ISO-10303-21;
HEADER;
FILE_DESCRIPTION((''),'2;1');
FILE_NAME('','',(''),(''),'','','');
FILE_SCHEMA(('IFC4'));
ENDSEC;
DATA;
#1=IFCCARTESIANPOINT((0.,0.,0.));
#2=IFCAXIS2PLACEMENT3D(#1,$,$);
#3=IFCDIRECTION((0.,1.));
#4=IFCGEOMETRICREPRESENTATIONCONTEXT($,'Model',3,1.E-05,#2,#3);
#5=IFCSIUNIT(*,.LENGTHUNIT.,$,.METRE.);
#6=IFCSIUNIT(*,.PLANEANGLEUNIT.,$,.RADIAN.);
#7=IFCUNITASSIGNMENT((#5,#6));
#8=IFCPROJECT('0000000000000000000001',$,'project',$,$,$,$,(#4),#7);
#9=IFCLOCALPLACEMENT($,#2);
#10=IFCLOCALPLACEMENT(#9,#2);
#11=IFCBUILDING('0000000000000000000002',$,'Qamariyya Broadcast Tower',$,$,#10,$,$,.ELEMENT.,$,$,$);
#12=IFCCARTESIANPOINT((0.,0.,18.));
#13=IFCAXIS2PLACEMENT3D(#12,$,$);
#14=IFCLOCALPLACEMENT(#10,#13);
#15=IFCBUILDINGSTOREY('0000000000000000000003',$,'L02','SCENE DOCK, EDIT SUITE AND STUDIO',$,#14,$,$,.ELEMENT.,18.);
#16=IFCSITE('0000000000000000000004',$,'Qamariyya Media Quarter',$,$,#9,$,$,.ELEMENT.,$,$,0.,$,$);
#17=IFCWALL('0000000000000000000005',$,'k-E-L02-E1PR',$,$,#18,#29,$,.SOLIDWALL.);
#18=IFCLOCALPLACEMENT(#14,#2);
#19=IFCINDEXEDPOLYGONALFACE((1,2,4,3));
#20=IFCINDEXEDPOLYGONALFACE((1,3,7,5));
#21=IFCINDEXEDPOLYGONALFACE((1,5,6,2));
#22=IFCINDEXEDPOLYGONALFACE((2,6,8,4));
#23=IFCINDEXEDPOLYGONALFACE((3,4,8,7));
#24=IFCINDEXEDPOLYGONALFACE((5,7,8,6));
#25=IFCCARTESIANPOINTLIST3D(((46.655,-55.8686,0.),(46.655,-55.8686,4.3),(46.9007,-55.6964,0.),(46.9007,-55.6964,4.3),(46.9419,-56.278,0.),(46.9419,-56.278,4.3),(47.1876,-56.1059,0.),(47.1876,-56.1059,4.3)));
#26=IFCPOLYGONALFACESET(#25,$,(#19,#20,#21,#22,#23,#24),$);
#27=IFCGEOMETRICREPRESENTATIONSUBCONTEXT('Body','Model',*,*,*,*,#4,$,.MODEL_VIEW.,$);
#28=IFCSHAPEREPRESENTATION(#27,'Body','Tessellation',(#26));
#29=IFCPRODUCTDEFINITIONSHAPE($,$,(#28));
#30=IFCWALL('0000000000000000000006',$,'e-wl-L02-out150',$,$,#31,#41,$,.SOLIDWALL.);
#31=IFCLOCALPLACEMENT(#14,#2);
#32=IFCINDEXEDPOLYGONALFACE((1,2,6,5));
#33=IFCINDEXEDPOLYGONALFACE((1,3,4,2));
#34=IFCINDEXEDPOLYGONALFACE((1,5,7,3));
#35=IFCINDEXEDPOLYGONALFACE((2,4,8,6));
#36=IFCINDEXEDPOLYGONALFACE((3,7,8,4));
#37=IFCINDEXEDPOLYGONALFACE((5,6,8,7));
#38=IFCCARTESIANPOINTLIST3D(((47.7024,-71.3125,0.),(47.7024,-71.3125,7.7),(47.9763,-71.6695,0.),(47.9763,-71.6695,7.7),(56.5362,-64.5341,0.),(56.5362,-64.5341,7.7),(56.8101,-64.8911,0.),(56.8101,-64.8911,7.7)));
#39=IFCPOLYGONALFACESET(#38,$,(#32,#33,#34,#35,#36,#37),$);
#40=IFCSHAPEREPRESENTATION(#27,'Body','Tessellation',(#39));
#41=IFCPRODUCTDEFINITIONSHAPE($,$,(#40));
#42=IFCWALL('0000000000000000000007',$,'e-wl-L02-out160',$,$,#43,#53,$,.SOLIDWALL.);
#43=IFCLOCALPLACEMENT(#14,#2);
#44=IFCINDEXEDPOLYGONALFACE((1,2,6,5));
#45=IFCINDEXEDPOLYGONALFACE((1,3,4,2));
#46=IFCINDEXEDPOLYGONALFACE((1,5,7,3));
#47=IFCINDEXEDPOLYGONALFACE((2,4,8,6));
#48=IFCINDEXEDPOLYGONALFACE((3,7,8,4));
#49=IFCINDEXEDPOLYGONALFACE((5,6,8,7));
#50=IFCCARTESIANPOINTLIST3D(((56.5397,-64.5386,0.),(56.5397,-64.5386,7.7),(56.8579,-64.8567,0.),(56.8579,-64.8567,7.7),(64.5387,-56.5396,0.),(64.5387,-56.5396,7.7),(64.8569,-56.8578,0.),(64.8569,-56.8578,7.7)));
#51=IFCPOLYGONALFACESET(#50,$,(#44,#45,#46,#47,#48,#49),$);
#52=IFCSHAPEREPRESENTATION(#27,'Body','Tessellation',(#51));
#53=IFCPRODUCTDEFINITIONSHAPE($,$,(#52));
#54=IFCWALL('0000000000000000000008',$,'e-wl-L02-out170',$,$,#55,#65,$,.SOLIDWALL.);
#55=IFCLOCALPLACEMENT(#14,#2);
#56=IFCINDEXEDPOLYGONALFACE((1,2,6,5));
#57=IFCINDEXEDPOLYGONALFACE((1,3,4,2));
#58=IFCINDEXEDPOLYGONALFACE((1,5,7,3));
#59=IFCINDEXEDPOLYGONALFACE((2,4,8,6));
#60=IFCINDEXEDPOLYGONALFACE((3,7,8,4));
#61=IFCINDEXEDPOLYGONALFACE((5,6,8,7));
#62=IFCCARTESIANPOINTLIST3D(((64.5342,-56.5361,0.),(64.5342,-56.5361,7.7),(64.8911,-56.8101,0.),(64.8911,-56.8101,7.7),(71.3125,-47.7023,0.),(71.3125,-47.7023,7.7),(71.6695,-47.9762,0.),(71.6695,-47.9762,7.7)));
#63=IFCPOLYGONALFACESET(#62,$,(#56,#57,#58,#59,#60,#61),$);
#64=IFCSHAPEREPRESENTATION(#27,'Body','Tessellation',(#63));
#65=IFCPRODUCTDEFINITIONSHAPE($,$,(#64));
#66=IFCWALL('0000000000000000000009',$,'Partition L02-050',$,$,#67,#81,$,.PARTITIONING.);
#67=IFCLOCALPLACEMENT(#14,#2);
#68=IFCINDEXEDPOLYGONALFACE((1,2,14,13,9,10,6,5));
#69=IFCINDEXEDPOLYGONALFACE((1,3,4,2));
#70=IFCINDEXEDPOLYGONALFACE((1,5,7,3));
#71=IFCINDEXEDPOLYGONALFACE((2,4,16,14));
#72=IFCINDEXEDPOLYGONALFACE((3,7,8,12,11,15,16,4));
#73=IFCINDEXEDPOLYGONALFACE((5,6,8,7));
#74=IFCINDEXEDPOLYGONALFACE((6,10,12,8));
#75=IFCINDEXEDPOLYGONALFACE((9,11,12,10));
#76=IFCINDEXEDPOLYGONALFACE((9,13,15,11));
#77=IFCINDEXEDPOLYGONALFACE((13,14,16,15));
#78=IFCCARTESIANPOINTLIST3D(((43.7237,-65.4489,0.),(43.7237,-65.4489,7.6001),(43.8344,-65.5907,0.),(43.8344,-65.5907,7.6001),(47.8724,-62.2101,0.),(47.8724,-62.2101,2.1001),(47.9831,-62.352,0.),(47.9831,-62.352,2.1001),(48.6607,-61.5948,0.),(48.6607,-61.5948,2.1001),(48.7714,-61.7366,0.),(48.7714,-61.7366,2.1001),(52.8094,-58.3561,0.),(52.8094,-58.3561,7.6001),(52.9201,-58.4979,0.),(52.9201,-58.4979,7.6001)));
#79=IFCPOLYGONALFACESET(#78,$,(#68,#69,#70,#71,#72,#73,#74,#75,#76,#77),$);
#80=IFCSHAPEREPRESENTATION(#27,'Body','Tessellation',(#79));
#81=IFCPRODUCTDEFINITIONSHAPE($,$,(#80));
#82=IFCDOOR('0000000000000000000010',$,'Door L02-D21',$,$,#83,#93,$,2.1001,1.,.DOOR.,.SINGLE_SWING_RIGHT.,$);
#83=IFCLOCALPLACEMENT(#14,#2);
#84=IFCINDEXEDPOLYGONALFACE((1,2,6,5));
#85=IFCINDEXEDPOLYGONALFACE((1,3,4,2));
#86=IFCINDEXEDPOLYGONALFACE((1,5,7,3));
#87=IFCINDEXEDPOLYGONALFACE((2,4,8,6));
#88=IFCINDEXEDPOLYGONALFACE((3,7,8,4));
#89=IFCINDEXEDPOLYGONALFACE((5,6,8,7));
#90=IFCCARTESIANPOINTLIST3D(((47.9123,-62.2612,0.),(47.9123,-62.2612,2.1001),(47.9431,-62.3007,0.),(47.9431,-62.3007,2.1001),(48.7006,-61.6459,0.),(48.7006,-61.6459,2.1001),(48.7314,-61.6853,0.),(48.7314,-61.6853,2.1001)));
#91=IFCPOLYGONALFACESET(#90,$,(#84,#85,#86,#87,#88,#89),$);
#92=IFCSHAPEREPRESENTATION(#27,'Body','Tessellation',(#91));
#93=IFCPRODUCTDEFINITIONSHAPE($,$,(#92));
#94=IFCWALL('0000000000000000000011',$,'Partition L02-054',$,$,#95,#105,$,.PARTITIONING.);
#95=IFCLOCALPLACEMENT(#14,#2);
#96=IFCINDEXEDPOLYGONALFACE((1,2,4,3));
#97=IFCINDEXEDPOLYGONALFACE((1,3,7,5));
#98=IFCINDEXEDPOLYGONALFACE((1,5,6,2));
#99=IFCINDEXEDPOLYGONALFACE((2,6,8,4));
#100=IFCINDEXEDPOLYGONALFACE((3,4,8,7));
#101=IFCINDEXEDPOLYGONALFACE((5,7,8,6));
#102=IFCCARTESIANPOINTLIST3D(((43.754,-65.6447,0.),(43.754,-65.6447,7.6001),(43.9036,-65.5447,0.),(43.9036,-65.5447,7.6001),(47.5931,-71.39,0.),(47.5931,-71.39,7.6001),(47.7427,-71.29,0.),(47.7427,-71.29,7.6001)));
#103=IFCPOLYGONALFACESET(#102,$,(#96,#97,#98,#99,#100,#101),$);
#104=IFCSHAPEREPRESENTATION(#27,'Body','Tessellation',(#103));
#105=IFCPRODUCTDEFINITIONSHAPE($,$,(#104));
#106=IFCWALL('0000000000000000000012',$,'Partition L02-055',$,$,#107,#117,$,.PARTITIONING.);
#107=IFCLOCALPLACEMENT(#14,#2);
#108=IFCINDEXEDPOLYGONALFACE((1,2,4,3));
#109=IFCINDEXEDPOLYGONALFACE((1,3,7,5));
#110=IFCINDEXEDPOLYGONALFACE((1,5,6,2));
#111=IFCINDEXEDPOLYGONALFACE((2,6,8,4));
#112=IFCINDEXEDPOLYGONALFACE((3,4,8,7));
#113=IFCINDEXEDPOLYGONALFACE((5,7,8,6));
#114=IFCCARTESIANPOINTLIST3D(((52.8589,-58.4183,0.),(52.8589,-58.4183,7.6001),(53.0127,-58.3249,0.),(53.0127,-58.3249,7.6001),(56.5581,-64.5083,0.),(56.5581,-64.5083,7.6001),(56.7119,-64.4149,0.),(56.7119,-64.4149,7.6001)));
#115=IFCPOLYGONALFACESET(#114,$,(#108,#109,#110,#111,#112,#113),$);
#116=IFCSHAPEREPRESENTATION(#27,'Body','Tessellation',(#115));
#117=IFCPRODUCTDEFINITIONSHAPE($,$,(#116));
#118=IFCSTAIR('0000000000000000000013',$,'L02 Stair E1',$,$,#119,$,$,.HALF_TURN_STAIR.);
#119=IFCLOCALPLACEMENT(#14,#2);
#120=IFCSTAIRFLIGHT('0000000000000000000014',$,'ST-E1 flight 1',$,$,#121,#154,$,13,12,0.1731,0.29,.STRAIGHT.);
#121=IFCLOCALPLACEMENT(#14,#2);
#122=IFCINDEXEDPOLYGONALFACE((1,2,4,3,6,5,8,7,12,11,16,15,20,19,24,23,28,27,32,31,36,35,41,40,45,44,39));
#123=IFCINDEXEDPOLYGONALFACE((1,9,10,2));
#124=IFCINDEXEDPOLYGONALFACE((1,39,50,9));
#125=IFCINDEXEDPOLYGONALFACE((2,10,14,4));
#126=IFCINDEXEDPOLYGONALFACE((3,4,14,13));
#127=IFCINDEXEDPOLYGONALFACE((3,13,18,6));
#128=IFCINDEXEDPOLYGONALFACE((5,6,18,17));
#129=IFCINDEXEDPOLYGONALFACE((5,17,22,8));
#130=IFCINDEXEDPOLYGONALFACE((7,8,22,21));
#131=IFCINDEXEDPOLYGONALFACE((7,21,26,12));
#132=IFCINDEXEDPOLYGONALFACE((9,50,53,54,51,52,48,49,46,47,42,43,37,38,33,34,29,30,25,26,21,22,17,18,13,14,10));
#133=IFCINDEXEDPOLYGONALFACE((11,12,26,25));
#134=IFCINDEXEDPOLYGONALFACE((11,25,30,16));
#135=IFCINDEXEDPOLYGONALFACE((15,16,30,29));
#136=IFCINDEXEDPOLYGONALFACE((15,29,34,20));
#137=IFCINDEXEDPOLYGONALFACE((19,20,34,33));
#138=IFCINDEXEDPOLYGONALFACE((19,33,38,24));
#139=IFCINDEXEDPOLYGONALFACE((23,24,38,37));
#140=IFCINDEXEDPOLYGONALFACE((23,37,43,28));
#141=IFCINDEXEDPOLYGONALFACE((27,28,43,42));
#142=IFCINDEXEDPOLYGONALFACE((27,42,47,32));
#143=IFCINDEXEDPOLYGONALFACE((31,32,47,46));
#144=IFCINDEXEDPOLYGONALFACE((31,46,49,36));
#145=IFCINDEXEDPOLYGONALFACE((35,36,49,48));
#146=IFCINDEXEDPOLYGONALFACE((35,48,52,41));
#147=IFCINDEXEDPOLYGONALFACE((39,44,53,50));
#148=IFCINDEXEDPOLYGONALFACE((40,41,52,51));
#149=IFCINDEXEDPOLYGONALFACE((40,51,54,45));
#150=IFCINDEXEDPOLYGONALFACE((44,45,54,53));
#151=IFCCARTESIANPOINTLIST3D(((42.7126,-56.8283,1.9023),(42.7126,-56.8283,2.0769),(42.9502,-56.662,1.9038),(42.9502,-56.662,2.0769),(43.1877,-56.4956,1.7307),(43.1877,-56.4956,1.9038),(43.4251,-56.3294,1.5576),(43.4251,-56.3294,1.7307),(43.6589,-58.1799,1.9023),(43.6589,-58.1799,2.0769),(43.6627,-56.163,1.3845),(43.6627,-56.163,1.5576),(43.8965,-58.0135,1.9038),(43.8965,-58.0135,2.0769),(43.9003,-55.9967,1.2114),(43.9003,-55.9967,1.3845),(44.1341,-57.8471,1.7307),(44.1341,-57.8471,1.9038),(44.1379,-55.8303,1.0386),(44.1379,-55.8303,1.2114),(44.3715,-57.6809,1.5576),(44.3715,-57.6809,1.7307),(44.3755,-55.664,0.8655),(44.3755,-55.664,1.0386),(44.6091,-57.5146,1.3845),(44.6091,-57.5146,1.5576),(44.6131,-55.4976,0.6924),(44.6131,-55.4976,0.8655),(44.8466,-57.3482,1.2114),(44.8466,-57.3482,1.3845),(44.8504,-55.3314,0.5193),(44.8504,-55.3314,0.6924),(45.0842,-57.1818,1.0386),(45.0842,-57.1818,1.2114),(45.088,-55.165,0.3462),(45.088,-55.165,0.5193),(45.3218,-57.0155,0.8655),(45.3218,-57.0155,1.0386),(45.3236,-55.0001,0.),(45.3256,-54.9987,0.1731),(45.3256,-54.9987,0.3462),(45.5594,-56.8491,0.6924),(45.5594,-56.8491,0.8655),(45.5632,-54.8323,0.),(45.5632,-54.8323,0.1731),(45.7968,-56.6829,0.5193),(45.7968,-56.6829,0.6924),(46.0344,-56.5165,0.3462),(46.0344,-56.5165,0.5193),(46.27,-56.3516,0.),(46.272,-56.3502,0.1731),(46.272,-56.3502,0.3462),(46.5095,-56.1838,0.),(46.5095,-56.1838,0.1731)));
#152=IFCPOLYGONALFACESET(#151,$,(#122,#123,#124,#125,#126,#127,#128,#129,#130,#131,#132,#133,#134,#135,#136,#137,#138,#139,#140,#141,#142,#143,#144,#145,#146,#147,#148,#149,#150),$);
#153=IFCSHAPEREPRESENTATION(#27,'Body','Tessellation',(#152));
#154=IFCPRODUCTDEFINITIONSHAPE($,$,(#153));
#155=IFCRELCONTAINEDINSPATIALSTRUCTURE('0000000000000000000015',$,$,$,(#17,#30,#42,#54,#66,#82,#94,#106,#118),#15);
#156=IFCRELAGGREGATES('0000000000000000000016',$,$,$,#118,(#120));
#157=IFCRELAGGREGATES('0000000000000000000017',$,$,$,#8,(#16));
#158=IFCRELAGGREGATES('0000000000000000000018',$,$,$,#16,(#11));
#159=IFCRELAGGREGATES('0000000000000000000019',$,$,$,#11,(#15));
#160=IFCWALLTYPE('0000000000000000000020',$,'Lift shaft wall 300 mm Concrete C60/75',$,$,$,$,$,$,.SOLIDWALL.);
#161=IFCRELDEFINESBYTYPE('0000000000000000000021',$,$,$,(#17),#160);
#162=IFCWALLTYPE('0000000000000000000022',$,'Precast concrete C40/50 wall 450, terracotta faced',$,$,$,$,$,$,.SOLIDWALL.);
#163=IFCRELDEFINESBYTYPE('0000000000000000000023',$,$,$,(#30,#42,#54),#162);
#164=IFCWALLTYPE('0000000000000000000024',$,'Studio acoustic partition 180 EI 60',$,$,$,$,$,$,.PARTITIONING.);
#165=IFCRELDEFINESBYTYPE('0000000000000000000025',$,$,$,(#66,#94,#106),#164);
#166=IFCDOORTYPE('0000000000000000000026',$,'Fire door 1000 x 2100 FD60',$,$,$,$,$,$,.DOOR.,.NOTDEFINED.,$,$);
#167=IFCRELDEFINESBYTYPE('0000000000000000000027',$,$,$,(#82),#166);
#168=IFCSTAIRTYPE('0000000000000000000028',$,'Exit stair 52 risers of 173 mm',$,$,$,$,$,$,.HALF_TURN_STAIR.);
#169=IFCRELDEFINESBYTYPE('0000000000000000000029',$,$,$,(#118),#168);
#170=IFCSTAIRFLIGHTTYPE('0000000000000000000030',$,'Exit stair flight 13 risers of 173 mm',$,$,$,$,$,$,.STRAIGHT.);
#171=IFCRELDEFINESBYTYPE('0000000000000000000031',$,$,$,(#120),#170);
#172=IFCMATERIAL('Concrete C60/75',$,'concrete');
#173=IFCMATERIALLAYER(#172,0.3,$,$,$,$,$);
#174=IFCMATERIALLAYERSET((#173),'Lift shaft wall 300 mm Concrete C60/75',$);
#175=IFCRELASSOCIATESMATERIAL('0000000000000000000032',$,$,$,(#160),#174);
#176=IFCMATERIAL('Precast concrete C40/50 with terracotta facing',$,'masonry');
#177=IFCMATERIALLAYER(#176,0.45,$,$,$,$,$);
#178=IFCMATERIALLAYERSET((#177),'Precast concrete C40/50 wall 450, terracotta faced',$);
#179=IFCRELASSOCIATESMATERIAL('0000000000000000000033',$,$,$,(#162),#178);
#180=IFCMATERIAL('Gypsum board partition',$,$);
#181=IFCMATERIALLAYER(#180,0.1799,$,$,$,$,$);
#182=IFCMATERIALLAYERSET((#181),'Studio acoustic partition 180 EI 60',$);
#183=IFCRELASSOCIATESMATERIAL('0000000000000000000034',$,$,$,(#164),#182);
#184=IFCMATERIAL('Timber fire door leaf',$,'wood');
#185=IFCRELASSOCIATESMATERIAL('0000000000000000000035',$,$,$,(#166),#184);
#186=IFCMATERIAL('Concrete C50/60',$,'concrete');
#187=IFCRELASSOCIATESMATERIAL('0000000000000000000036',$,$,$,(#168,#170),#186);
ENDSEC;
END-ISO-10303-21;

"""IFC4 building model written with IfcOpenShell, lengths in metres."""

from ifc_helpers import new_model, si_unit, direction, frame, frame_2d, origin, place, context, subcontext, project, spatial, polyline, rectangle, outline, extrude, material, layer, layer_set, type_object, element, fill, aggregate, save


model = new_model("IFC4")

# Units and contexts
model_context = context("Model", 3, precision=1e-05, world=origin(), true_north=direction((0.0, 1.0)))
body_context = subcontext(model_context, "Body", "Model", "MODEL_VIEW")
ifc_project = project(units=[si_unit("LENGTHUNIT", "METRE"), si_unit("PLANEANGLEUNIT", "RADIAN")], contexts=[model_context])

# Site, building, storey
site_placement = place(None, origin())
site = spatial("IfcSite", under=ifc_project, at=site_placement, Name="Qamariyya Media Quarter", CompositionType="ELEMENT", RefElevation=0.0)
building_placement = place(site_placement, origin())
building = spatial("IfcBuilding", under=site, at=building_placement, Name="Qamariyya Broadcast Tower", CompositionType="ELEMENT")
storey_placement = place(building_placement, frame((0.0, 0.0, 18.0)))
storey = spatial("IfcBuildingStorey", under=building, at=storey_placement, Name="L02", Description="SCENE DOCK, EDIT SUITE AND STUDIO", CompositionType="ELEMENT", Elevation=18.0)

# Shared definitions
ifc_material_1 = material(Name="Concrete C50/60", Category="concrete")

# Walls
ifc_material_2 = material(Name="Concrete C60/75", Category="concrete")
ifc_layer_1 = layer(ifc_material_2, 0.3)
ifc_layer_set_1 = layer_set([ifc_layer_1], Name="Lift shaft wall 300 mm Concrete C60/75")
wall_type_1 = type_object("IfcWallType", Name="Lift shaft wall 300 mm Concrete C60/75", PredefinedType="SOLIDWALL", material=ifc_layer_set_1)
wall_1_placement = place(storey_placement, frame((46.7778, -55.7825, 0.0), z_axis=(0.0, 0.0, 1.0), x_axis=(0.573823, -0.818979, 0.0)))
element("IfcWall", 1, at=wall_1_placement, inside=storey, type_object=wall_type_1, Name="k-E-L02-E1PR", PredefinedType="SOLIDWALL", context=body_context, shape_type="SweptSolid", body=[
    extrude(rectangle(XDim=0.5, YDim=0.3, at=frame_2d((0.25, 0.0))), origin(), (0.0, 0.0, 1.0), 4.3),
])
ifc_material_3 = material(Name="Precast concrete C40/50 with terracotta facing", Category="masonry")
ifc_layer_2 = layer(ifc_material_3, 0.45)
ifc_layer_set_2 = layer_set([ifc_layer_2], Name="Precast concrete C40/50 wall 450, terracotta faced")
wall_type_2 = type_object("IfcWallType", Name="Precast concrete C40/50 wall 450, terracotta faced", PredefinedType="SOLIDWALL", material=ifc_layer_set_2)
wall_2_placement = place(storey_placement, frame((47.8394, -71.491, 0.0), z_axis=(0.0, 0.0, 1.0), x_axis=(0.793355, 0.608759, 0.0)))
element("IfcWall", 2, at=wall_2_placement, inside=storey, type_object=wall_type_2, Name="e-wl-L02-out150", PredefinedType="SOLIDWALL", context=body_context, shape_type="SweptSolid", body=[
    extrude(rectangle(XDim=11.1348, YDim=0.45, at=frame_2d((5.5674, 0.0))), origin(), (0.0, 0.0, 1.0), 7.7),
])
wall_3_placement = place(storey_placement, frame((56.6987, -64.6978, 0.0), z_axis=(0.0, 0.0, 1.0), x_axis=(0.707107, 0.707107, 0.0)))
element("IfcWall", 3, at=wall_3_placement, inside=storey, type_object=wall_type_2, Name="e-wl-L02-out160", PredefinedType="SOLIDWALL", context=body_context, shape_type="SweptSolid", body=[
    extrude(rectangle(XDim=11.3123, YDim=0.45, at=frame_2d((5.6562, 0.0))), origin(), (0.0, 0.0, 1.0), 7.7),
])
wall_4_placement = place(storey_placement, frame((64.7126, -56.6731, 0.0), z_axis=(0.0, 0.0, 1.0), x_axis=(0.608759, 0.793355, 0.0)))
element("IfcWall", 4, at=wall_4_placement, inside=storey, type_object=wall_type_2, Name="e-wl-L02-out170", PredefinedType="SOLIDWALL", context=body_context, shape_type="SweptSolid", body=[
    extrude(rectangle(XDim=11.1348, YDim=0.45, at=frame_2d((5.5674, 0.0))), origin(), (0.0, 0.0, 1.0), 7.7),
])

# Wall, opening, door
ifc_material_4 = material(Name="Gypsum board partition")
ifc_layer_3 = layer(ifc_material_4, 0.1799)
ifc_layer_set_3 = layer_set([ifc_layer_3], Name="Studio acoustic partition 180 EI 60")
wall_type_3 = type_object("IfcWallType", Name="Studio acoustic partition 180 EI 60", PredefinedType="PARTITIONING", material=ifc_layer_set_3)
wall_5_placement = place(storey_placement, frame((52.8647, -58.427, 0.0), z_axis=(0.0, 0.0, 1.0), x_axis=(-0.788253, -0.615352, 0.0)))
wall_5 = element("IfcWall", 5, at=wall_5_placement, inside=storey, type_object=wall_type_3, Name="Partition L02-050", PredefinedType="PARTITIONING", context=body_context, shape_type="SweptSolid", body=[
    extrude(rectangle(XDim=11.5264, YDim=0.1799, at=frame_2d((5.7632, 0.0))), origin(), (0.0, 0.0, 1.0), 7.6001),
])
opening_1_placement = place(wall_5_placement, frame((5.2632, 0.0, 0.0)))
opening_1 = element("IfcOpeningElement", 6, at=opening_1_placement, cuts=wall_5, PredefinedType="OPENING", context=body_context, shape_type="SweptSolid", body=[
    extrude(rectangle(XDim=1.0, YDim=2.1001, at=frame_2d((0.5, 1.05))), frame((0.0, 0.0999, 0.0), z_axis=(0.0, -1.0, 0.0), x_axis=(1.0, 0.0, 0.0)), (0.0, 0.0, 1.0), 0.2),
])
ifc_material_5 = material(Name="Timber fire door leaf", Category="wood")
door_type_1 = type_object("IfcDoorType", Name="Fire door 1000 x 2100 FD60", OperationType="NOTDEFINED", PredefinedType="DOOR", material=ifc_material_5)
door_1_placement = place(opening_1_placement, origin())
door_1 = element("IfcDoor", 7, at=door_1_placement, inside=storey, type_object=door_type_1, Name="Door L02-D21", OperationType="SINGLE_SWING_RIGHT", OverallHeight=2.1001, OverallWidth=1.0, PredefinedType="DOOR", context=body_context, shape_type="SweptSolid", body=[
    extrude(rectangle(XDim=1.0, YDim=2.1001, at=frame_2d((0.5, 1.05))), frame((0.0, 0.0249, 0.0), z_axis=(0.0, -1.0, 0.0), x_axis=(1.0, 0.0, 0.0)), (0.0, 0.0, 1.0), 0.05),
])
fill(opening_1, door_1)

# Walls
wall_6_placement = place(storey_placement, frame((47.668, -71.3401, 0.0), z_axis=(0.0, 0.0, 1.0), x_axis=(-0.555589, 0.831457, 0.0)))
element("IfcWall", 8, at=wall_6_placement, inside=storey, type_object=wall_type_3, Name="Partition L02-054", PredefinedType="PARTITIONING", context=body_context, shape_type="SweptSolid", body=[
    extrude(rectangle(XDim=6.9099, YDim=0.1799, at=frame_2d((3.4551, 0.0))), origin(), (0.0, 0.0, 1.0), 7.6001),
])
wall_7_placement = place(storey_placement, frame((52.9358, -58.3716, 0.0), z_axis=(0.0, 0.0, 1.0), x_axis=(0.519149, -0.854684, 0.0)))
element("IfcWall", 9, at=wall_7_placement, inside=storey, type_object=wall_type_3, Name="Partition L02-055", PredefinedType="PARTITIONING", context=body_context, shape_type="SweptSolid", body=[
    extrude(rectangle(XDim=7.1255, YDim=0.1799, at=frame_2d((3.5627, 0.0))), origin(), (0.0, 0.0, 1.0), 7.6001),
])

# Stair, stair flight
stair_type = type_object("IfcStairType", Name="Exit stair 52 risers of 173 mm", PredefinedType="HALF_TURN_STAIR", material=ifc_material_1)
stair_placement = place(storey_placement, origin())
stair = element("IfcStair", 10, at=stair_placement, inside=storey, type_object=stair_type, Name="L02 Stair E1", PredefinedType="HALF_TURN_STAIR")
stair_flight_type = type_object("IfcStairFlightType", Name="Exit stair flight 13 risers of 173 mm", PredefinedType="STRAIGHT", material=ifc_material_1)
stair_flight_1_placement = place(storey_placement, frame((46.0364, -55.5081, 0.0), z_axis=(0.0, 0.0, 1.0), x_axis=(-0.819152, -0.573576, 0.0)))
stair_flight_1 = element("IfcStairFlight", 11, at=stair_flight_1_placement, type_object=stair_flight_type, Name="ST-E1 flight 1", NumberOfRisers=13, NumberOfTreads=12, PredefinedType="STRAIGHT", RiserHeight=0.1731, TreadLength=0.29, context=body_context, shape_type="SweptSolid", body=[
    extrude(outline(polyline([(0.0, 0.0), (0.0, 0.1731), (0.29, 0.1731), (0.29, 0.3462), (0.5801, 0.3462), (0.5801, 0.5193), (0.8701, 0.5193), (0.8701, 0.6924), (1.1599, 0.6924), (1.1599, 0.8655), (1.45, 0.8655), (1.45, 1.0386), (1.74, 1.0386), (1.74, 1.2114), (2.03, 1.2114), (2.03, 1.3845), (2.3201, 1.3845), (2.3201, 1.5576), (2.6101, 1.5576), (2.6101, 1.7307), (2.8999, 1.7307), (2.8999, 1.9038), (3.1899, 1.9038), (3.1899, 2.0769), (3.48, 2.0769), (3.48, 2.25), (3.48, 1.9023), (0.2925, 0.0), (0.0, 0.0)])), frame((0.0, 0.825, 0.0), z_axis=(0.0, -1.0, 0.0), x_axis=(1.0, 0.0, 0.0)), (0.0, 0.0, 1.0), 1.6499),
])
aggregate(stair, [stair_flight_1])

save(model, "model.ifc")
